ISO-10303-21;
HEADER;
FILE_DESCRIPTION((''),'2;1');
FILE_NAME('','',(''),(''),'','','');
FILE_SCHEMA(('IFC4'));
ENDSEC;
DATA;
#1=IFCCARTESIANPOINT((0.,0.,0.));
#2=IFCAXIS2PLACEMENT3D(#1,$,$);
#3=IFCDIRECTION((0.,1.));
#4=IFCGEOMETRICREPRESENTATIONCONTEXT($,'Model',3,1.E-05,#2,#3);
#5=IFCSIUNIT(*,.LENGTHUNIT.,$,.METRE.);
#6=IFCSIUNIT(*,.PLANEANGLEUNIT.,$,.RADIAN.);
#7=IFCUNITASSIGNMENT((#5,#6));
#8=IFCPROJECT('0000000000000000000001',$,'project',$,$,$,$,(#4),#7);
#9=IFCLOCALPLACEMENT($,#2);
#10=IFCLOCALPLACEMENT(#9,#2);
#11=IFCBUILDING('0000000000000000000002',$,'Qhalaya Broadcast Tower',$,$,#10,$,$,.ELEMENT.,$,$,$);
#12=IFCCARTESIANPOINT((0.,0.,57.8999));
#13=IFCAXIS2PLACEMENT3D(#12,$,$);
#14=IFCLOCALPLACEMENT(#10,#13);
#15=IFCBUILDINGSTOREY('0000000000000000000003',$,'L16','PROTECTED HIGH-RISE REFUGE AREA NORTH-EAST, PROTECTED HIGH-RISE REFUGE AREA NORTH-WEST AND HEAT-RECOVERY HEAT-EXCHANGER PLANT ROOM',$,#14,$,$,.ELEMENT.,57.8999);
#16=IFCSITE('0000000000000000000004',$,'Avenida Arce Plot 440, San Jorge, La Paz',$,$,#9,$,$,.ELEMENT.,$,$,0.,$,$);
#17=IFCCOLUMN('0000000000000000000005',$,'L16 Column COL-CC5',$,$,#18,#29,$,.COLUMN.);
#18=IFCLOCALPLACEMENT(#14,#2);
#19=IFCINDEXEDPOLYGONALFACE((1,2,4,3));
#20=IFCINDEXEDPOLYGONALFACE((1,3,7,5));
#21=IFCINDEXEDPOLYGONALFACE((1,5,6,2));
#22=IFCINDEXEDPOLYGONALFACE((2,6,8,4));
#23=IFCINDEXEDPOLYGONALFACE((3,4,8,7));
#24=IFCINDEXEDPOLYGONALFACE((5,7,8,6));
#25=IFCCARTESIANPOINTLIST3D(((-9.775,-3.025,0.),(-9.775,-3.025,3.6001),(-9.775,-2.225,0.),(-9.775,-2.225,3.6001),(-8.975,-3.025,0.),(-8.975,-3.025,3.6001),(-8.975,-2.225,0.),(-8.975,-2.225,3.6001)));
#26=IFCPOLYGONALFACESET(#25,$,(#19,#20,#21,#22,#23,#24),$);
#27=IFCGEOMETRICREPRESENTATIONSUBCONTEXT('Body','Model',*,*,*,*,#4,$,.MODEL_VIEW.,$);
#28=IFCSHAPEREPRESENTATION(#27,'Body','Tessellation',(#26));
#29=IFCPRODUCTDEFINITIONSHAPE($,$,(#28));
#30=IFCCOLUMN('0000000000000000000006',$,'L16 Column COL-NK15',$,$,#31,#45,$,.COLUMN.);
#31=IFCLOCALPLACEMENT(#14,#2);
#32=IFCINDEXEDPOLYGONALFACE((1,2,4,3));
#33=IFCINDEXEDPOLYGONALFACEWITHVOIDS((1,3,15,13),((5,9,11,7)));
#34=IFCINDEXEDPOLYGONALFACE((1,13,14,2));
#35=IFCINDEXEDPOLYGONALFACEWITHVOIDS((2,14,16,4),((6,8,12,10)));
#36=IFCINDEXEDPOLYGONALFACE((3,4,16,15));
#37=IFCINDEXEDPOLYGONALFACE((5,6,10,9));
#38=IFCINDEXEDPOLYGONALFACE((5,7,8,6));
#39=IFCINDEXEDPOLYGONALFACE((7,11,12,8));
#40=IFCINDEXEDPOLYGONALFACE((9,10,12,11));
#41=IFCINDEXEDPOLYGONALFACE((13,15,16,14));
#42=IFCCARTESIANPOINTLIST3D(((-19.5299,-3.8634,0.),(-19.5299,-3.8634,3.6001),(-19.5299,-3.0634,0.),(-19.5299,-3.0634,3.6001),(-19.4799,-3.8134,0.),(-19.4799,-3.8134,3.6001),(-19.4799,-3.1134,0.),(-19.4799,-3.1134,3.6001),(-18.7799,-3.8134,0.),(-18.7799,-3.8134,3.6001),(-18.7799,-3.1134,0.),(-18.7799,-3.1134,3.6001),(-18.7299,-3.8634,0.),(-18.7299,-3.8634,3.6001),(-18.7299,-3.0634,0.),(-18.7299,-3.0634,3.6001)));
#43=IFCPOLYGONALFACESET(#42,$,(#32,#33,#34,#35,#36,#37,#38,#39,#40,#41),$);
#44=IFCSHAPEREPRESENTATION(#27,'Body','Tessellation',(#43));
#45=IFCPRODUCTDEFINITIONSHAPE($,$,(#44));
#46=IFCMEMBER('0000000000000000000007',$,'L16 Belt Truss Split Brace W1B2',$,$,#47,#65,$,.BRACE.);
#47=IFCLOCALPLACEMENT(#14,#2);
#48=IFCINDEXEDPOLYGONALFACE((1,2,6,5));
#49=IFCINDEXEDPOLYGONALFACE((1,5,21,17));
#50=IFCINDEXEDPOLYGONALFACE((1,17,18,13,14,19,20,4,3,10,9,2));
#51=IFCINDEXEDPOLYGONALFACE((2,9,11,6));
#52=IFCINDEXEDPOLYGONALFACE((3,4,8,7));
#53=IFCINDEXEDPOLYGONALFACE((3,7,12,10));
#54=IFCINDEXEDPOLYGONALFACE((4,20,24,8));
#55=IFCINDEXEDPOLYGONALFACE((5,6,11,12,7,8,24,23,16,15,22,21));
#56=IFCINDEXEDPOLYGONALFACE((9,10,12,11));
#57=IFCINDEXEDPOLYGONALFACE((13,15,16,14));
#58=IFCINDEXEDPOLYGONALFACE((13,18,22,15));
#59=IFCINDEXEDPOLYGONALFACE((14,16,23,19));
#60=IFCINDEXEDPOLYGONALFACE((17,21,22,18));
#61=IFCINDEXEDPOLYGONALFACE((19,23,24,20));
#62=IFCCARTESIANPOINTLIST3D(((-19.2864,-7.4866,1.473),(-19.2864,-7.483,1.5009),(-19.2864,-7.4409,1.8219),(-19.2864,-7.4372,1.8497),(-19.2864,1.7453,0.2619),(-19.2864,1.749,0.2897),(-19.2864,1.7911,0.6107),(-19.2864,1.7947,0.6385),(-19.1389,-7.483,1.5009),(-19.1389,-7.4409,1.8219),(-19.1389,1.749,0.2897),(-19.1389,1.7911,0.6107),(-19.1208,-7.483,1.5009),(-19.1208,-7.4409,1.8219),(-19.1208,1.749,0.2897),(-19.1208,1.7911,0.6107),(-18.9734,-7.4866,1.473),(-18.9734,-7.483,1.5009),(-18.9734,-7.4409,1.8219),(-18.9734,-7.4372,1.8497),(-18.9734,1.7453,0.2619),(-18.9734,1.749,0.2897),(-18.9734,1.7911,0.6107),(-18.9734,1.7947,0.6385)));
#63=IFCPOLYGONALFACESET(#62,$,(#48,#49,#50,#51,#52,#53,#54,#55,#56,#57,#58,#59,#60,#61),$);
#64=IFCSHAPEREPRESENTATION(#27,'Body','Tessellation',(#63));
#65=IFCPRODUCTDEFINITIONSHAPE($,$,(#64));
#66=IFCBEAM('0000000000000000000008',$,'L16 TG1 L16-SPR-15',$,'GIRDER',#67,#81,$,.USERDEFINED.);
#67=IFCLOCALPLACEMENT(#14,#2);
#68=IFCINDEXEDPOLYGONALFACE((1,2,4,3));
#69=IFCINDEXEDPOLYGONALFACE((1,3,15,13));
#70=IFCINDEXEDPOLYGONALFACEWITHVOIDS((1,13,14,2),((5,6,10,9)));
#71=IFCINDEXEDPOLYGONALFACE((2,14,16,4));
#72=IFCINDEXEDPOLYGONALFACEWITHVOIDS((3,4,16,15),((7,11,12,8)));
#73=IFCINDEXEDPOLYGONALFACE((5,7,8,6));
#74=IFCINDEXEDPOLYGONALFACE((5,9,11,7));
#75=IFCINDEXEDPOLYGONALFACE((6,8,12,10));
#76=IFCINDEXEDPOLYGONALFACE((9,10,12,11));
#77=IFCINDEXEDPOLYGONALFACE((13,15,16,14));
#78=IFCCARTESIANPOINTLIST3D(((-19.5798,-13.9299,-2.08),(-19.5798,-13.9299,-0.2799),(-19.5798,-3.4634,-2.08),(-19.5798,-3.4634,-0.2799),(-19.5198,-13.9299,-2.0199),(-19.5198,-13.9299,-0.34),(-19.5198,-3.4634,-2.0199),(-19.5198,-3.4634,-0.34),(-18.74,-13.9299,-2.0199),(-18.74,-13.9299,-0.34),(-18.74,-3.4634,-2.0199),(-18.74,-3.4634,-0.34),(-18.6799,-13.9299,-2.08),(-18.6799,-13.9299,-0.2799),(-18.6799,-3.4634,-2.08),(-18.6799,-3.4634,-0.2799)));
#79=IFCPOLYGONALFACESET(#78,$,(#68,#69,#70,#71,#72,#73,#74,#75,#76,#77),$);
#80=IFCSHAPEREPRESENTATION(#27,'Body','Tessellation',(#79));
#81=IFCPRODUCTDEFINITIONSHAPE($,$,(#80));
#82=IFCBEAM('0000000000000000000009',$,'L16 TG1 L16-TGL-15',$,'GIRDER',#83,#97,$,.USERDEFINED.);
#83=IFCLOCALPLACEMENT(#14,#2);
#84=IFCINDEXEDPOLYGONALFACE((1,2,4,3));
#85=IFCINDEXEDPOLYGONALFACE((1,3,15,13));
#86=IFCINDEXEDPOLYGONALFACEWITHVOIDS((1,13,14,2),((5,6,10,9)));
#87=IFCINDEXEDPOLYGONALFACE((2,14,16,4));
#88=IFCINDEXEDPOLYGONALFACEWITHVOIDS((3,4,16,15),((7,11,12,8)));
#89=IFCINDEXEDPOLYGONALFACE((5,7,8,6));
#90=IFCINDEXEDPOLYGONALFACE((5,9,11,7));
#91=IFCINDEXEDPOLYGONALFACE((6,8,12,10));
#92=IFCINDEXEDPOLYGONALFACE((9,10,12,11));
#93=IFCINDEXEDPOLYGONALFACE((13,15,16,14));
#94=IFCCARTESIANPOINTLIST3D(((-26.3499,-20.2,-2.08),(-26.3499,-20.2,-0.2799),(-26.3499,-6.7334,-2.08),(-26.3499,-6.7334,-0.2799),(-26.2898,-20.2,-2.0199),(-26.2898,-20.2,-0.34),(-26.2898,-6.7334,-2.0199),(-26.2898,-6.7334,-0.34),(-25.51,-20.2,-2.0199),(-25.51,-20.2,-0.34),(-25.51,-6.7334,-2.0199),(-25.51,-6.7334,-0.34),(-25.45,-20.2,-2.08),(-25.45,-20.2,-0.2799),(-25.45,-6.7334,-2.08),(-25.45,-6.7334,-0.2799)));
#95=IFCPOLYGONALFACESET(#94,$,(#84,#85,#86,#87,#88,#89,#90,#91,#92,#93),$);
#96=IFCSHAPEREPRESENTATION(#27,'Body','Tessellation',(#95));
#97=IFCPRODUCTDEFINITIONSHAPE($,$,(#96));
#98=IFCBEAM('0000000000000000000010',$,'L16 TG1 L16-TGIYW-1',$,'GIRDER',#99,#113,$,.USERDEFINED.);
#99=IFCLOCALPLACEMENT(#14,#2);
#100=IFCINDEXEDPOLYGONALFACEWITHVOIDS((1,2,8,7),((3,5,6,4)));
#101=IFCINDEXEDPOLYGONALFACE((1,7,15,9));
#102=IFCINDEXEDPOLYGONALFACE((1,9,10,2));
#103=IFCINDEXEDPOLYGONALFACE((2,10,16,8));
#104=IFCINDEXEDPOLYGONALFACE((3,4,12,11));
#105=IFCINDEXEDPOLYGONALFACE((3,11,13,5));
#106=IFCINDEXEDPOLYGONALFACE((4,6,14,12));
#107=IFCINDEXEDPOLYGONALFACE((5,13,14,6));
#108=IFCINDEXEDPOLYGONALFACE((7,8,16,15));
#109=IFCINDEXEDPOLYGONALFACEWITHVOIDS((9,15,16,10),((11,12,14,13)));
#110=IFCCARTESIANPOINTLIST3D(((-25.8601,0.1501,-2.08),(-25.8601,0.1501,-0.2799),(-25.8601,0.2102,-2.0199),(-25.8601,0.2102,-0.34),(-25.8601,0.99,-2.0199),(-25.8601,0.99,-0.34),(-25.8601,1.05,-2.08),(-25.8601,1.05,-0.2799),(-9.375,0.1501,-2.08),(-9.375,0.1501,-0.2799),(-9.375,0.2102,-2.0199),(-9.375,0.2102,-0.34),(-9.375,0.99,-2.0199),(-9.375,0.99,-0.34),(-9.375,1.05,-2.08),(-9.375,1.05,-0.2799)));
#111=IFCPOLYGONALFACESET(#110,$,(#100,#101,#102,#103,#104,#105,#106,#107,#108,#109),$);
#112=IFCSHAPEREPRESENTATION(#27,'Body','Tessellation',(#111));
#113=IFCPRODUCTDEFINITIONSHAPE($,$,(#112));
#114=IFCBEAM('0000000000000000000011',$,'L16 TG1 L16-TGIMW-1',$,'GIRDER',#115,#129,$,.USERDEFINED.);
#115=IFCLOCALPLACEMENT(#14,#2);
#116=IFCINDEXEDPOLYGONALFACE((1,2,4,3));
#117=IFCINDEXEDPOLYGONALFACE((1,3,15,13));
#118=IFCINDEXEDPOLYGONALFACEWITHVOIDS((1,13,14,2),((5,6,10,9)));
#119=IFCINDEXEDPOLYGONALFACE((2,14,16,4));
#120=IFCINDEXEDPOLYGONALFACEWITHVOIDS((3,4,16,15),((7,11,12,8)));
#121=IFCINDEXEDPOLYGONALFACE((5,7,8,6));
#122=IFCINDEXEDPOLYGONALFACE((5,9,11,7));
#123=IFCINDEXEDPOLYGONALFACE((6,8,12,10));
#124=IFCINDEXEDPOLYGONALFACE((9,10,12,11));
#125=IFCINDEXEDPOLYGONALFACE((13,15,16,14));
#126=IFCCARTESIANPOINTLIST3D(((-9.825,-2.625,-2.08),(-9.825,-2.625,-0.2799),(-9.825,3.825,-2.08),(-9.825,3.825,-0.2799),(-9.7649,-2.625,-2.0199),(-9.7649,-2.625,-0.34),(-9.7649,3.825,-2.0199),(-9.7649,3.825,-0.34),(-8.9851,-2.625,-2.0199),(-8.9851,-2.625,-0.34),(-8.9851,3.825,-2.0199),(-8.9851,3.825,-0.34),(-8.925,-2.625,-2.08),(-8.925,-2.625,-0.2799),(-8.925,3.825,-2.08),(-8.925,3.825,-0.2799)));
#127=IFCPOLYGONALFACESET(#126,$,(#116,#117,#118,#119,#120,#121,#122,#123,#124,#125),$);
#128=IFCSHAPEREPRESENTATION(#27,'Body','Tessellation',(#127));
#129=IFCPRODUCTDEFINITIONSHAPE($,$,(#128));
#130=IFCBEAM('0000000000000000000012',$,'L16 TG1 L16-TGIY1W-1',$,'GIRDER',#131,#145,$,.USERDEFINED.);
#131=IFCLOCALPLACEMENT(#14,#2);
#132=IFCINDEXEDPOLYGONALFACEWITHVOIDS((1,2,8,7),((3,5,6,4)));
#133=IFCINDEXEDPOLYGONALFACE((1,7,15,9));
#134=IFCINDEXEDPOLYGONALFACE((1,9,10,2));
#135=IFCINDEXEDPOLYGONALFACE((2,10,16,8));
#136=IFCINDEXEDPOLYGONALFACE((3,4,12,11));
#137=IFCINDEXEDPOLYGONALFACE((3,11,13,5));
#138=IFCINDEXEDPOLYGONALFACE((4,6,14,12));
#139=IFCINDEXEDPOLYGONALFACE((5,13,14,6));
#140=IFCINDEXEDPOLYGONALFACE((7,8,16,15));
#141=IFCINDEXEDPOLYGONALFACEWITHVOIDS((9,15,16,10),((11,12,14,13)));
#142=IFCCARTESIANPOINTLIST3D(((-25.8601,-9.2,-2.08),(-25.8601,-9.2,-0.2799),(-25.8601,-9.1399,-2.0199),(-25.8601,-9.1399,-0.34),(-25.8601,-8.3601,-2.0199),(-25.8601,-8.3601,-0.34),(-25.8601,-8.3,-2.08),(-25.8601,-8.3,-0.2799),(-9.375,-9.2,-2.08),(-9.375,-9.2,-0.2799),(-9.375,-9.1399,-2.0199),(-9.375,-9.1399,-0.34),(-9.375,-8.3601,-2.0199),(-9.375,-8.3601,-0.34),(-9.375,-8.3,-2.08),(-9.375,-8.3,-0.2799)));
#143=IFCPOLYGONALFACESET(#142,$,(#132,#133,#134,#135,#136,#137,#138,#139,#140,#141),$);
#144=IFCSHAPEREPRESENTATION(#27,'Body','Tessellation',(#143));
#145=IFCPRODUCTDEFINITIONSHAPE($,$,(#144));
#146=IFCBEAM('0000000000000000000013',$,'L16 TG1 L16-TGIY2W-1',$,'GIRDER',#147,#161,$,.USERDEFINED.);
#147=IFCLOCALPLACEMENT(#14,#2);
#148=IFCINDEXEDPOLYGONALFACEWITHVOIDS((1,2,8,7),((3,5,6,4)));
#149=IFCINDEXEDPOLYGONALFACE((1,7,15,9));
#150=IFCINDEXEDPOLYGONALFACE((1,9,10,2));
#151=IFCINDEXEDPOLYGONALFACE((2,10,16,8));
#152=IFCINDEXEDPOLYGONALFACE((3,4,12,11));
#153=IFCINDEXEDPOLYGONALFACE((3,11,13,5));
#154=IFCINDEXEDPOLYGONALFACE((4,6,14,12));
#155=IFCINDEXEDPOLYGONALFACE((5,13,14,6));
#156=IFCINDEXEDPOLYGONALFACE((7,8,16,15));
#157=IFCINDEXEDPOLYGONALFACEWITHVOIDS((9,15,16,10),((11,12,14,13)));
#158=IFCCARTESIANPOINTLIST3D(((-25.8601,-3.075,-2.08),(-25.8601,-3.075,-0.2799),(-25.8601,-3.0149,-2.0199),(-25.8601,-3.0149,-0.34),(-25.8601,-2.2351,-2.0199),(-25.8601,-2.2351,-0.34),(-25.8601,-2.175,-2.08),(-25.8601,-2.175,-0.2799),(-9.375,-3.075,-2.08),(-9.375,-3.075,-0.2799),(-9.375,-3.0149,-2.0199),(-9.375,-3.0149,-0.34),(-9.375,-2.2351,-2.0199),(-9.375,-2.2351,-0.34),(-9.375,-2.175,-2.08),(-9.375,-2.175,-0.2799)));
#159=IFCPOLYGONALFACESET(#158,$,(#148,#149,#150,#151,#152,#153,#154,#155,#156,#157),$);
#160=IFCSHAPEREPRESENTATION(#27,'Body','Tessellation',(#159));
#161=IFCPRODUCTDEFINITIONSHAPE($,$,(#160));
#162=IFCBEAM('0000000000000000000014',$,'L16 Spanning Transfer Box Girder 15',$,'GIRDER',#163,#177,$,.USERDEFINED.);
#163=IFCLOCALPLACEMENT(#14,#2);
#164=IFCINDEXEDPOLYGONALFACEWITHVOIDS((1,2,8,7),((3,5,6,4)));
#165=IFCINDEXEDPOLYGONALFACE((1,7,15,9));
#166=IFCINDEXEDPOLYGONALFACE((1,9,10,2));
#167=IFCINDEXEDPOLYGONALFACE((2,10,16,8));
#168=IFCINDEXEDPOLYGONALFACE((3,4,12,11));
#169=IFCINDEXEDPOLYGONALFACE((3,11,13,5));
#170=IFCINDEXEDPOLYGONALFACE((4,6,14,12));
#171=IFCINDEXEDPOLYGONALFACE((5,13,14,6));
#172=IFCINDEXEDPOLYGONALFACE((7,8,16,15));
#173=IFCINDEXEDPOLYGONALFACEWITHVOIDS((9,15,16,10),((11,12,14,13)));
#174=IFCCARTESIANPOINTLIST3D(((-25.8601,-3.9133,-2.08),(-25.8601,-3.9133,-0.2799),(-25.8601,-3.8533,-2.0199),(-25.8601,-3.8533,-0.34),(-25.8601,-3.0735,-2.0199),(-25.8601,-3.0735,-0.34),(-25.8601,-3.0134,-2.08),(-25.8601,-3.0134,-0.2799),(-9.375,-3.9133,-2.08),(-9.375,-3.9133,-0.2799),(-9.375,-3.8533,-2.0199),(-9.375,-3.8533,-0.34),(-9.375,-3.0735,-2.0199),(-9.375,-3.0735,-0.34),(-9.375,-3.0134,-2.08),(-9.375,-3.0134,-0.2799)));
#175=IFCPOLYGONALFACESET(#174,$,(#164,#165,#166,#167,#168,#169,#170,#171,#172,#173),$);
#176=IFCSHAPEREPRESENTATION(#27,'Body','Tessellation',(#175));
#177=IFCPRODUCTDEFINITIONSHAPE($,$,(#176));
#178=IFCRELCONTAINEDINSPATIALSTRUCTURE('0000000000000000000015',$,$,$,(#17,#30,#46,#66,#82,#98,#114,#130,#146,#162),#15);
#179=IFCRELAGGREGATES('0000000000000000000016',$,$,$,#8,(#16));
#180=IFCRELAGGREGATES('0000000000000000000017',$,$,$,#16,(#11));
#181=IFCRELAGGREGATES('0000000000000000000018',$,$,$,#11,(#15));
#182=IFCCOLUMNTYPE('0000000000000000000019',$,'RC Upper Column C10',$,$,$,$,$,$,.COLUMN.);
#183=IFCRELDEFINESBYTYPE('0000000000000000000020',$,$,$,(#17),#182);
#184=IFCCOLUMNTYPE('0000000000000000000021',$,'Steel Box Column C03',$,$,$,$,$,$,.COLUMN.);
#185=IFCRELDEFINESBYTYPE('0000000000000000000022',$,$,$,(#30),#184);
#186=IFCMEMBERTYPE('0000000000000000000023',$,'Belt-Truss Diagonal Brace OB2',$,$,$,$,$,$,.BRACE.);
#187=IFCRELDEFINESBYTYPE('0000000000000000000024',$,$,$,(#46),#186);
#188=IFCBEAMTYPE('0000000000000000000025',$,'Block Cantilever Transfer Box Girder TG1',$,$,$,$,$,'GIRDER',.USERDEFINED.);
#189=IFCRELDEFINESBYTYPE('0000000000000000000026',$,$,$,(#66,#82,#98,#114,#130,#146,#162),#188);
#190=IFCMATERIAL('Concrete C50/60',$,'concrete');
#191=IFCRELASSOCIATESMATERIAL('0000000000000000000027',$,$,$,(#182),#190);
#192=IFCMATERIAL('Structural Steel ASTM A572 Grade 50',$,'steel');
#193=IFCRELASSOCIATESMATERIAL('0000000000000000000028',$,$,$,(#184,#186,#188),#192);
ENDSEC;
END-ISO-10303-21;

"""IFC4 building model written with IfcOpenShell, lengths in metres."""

from ifc_helpers import new_model, si_unit, direction, frame, origin, origin_2d, place, context, subcontext, project, spatial, rectangle, hollow_rectangle, i_section, extrude, material, material_profile, profile_set, type_object, element, save


model = new_model("IFC4")

# Units and contexts
model_context = context("Model", 3, precision=1e-05, world=origin(), true_north=direction((0.0, 1.0)))
body_context = subcontext(model_context, "Body", "Model", "MODEL_VIEW")
ifc_project = project(units=[si_unit("LENGTHUNIT", "METRE"), si_unit("PLANEANGLEUNIT", "RADIAN")], contexts=[model_context])

# Site, building, storey
site_placement = place(None, origin())
site = spatial("IfcSite", under=ifc_project, at=site_placement, Name="Avenida Arce Plot 440, San Jorge, La Paz", CompositionType="ELEMENT", RefElevation=0.0)
building_placement = place(site_placement, origin())
building = spatial("IfcBuilding", under=site, at=building_placement, Name="Qhalaya Broadcast Tower", CompositionType="ELEMENT")
storey_placement = place(building_placement, frame((0.0, 0.0, 57.8999)))
storey = spatial("IfcBuildingStorey", under=building, at=storey_placement, Name="L16", Description="PROTECTED HIGH-RISE REFUGE AREA NORTH-EAST, PROTECTED HIGH-RISE REFUGE AREA NORTH-WEST AND HEAT-RECOVERY HEAT-EXCHANGER PLANT ROOM", CompositionType="ELEMENT", Elevation=57.8999)

# Columns
ifc_material_1 = material(Name="Concrete C50/60", Category="concrete")
ifc_material_profile_1 = material_profile(ifc_material_1, rectangle(XDim=0.8, YDim=0.8, at=origin_2d()), Name="RC-COL 800x800")
ifc_profile_set_1 = profile_set([ifc_material_profile_1], Name="Concrete C50/60")
column_type_1 = type_object("IfcColumnType", Name="RC Upper Column C10", PredefinedType="COLUMN", material=ifc_profile_set_1)
column_1_placement = place(storey_placement, frame((-9.375, -2.625, 0.0), z_axis=(0.0, 0.0, 1.0), x_axis=(1.0, 0.0, 0.0)))
element("IfcColumn", 1, at=column_1_placement, inside=storey, type_object=column_type_1, Name="L16 Column COL-CC5", PredefinedType="COLUMN", context=body_context, shape_type="SweptSolid", body=[
    extrude(rectangle(XDim=0.8, YDim=0.8, at=origin_2d()), origin(), (0.0, 0.0, 1.0), 3.6001),
])
ifc_material_2 = material(Name="Structural Steel ASTM A572 Grade 50", Category="steel")
ifc_material_profile_2 = material_profile(ifc_material_2, hollow_rectangle(XDim=0.8, YDim=0.8, WallThickness=0.05, at=origin_2d()), Name="BOX 800x800x50")
ifc_profile_set_2 = profile_set([ifc_material_profile_2], Name="Structural Steel ASTM A572 Grade 50")
column_type_2 = type_object("IfcColumnType", Name="Steel Box Column C03", PredefinedType="COLUMN", material=ifc_profile_set_2)
column_2_placement = place(storey_placement, frame((-19.1299, -3.4634, 0.0), z_axis=(0.0, 0.0, 1.0), x_axis=(0.0, 1.0, 0.0)))
element("IfcColumn", 2, at=column_2_placement, inside=storey, type_object=column_type_2, Name="L16 Column COL-NK15", PredefinedType="COLUMN", context=body_context, shape_type="SweptSolid", body=[
    extrude(hollow_rectangle(XDim=0.8, YDim=0.8, WallThickness=0.05, at=origin_2d()), origin(), (0.0, 0.0, 1.0), 3.6001),
])

# Member
ifc_material_profile_3 = material_profile(ifc_material_2, i_section(OverallWidth=0.313, OverallDepth=0.3799, WebThickness=0.0181, FlangeThickness=0.0281, at=origin_2d()), Name="W12X120")
ifc_profile_set_3 = profile_set([ifc_material_profile_3], Name="Structural Steel ASTM A572 Grade 50")
member_type = type_object("IfcMemberType", Name="Belt-Truss Diagonal Brace OB2", PredefinedType="BRACE", material=ifc_profile_set_3)
member_placement = place(storey_placement, frame((-19.1299, -7.4619, 1.6614), z_axis=(0.0, 0.991503, -0.13008), x_axis=(-1.0, 0.0, 0.0)))
element("IfcMember", 3, at=member_placement, inside=storey, type_object=member_type, Name="L16 Belt Truss Split Brace W1B2", PredefinedType="BRACE", context=body_context, shape_type="SweptSolid", body=[
    extrude(i_section(OverallWidth=0.313, OverallDepth=0.3799, WebThickness=0.0181, FlangeThickness=0.0281, at=origin_2d()), origin(), (0.0, 0.0, 1.0), 9.311),
])

# Beams
ifc_material_profile_4 = material_profile(ifc_material_2, hollow_rectangle(XDim=0.8999, YDim=1.8, WallThickness=0.0601, at=origin_2d()), Name="BOX 900x1800x60")
ifc_profile_set_4 = profile_set([ifc_material_profile_4], Name="Structural Steel ASTM A572 Grade 50")
beam_type_1 = type_object("IfcBeamType", Name="Block Cantilever Transfer Box Girder TG1", ElementType="GIRDER", PredefinedType="USERDEFINED", material=ifc_profile_set_4)
beam_1_placement = place(storey_placement, frame((-19.1299, -3.4634, -1.1799), z_axis=(0.0, -1.0, 0.0), x_axis=(1.0, 0.0, 0.0)))
element("IfcBeam", 4, at=beam_1_placement, inside=storey, type_object=beam_type_1, Name="L16 TG1 L16-SPR-15", ObjectType="GIRDER", PredefinedType="USERDEFINED", context=body_context, shape_type="SweptSolid", body=[
    extrude(hollow_rectangle(XDim=0.8999, YDim=1.8, WallThickness=0.0601, at=origin_2d()), origin(), (0.0, 0.0, 1.0), 10.4666),
])
beam_2_placement = place(storey_placement, frame((-25.8999, -6.7334, -1.1799), z_axis=(0.0, -1.0, 0.0), x_axis=(1.0, 0.0, 0.0)))
element("IfcBeam", 5, at=beam_2_placement, inside=storey, type_object=beam_type_1, Name="L16 TG1 L16-TGL-15", ObjectType="GIRDER", PredefinedType="USERDEFINED", context=body_context, shape_type="SweptSolid", body=[
    extrude(hollow_rectangle(XDim=0.8999, YDim=1.8, WallThickness=0.0601, at=origin_2d()), origin(), (0.0, 0.0, 1.0), 13.4666),
])
beam_3_placement = place(storey_placement, frame((-25.8601, 0.6001, -1.1799), z_axis=(1.0, 0.0, 0.0), x_axis=(0.0, 1.0, 0.0)))
element("IfcBeam", 6, at=beam_3_placement, inside=storey, type_object=beam_type_1, Name="L16 TG1 L16-TGIYW-1", ObjectType="GIRDER", PredefinedType="USERDEFINED", context=body_context, shape_type="SweptSolid", body=[
    extrude(hollow_rectangle(XDim=0.8999, YDim=1.8, WallThickness=0.0601, at=origin_2d()), origin(), (0.0, 0.0, 1.0), 16.4851),
])
beam_4_placement = place(storey_placement, frame((-9.375, -2.625, -1.1799), z_axis=(0.0, 1.0, 0.0), x_axis=(-1.0, 0.0, 0.0)))
element("IfcBeam", 7, at=beam_4_placement, inside=storey, type_object=beam_type_1, Name="L16 TG1 L16-TGIMW-1", ObjectType="GIRDER", PredefinedType="USERDEFINED", context=body_context, shape_type="SweptSolid", body=[
    extrude(hollow_rectangle(XDim=0.8999, YDim=1.8, WallThickness=0.0601, at=origin_2d()), origin(), (0.0, 0.0, 1.0), 6.45),
])
for number, where, z_axis, x_axis, name in (
    (8, (-25.8601, -8.75, -1.1799), (1.0, 0.0, 0.0), (0.0, 1.0, 0.0), "L16 TG1 L16-TGIY1W-1"),
    (9, (-25.8601, -2.625, -1.1799), (1.0, 0.0, 0.0), (0.0, 1.0, 0.0), "L16 TG1 L16-TGIY2W-1"),
    (10, (-25.8601, -3.4634, -1.1799), (1.0, 0.0, 0.0), (0.0, 1.0, 0.0), "L16 Spanning Transfer Box Girder 15"),
):
    element("IfcBeam", number, at=place(storey_placement, frame(where, z_axis=z_axis, x_axis=x_axis)), inside=storey, type_object=beam_type_1, Name=name, ObjectType="GIRDER", PredefinedType="USERDEFINED", context=body_context, shape_type="SweptSolid", body=[
        extrude(hollow_rectangle(XDim=0.8999, YDim=1.8, WallThickness=0.0601, at=origin_2d()), origin(), (0.0, 0.0, 1.0), 16.4851),
    ])

save(model, "model.ifc")
